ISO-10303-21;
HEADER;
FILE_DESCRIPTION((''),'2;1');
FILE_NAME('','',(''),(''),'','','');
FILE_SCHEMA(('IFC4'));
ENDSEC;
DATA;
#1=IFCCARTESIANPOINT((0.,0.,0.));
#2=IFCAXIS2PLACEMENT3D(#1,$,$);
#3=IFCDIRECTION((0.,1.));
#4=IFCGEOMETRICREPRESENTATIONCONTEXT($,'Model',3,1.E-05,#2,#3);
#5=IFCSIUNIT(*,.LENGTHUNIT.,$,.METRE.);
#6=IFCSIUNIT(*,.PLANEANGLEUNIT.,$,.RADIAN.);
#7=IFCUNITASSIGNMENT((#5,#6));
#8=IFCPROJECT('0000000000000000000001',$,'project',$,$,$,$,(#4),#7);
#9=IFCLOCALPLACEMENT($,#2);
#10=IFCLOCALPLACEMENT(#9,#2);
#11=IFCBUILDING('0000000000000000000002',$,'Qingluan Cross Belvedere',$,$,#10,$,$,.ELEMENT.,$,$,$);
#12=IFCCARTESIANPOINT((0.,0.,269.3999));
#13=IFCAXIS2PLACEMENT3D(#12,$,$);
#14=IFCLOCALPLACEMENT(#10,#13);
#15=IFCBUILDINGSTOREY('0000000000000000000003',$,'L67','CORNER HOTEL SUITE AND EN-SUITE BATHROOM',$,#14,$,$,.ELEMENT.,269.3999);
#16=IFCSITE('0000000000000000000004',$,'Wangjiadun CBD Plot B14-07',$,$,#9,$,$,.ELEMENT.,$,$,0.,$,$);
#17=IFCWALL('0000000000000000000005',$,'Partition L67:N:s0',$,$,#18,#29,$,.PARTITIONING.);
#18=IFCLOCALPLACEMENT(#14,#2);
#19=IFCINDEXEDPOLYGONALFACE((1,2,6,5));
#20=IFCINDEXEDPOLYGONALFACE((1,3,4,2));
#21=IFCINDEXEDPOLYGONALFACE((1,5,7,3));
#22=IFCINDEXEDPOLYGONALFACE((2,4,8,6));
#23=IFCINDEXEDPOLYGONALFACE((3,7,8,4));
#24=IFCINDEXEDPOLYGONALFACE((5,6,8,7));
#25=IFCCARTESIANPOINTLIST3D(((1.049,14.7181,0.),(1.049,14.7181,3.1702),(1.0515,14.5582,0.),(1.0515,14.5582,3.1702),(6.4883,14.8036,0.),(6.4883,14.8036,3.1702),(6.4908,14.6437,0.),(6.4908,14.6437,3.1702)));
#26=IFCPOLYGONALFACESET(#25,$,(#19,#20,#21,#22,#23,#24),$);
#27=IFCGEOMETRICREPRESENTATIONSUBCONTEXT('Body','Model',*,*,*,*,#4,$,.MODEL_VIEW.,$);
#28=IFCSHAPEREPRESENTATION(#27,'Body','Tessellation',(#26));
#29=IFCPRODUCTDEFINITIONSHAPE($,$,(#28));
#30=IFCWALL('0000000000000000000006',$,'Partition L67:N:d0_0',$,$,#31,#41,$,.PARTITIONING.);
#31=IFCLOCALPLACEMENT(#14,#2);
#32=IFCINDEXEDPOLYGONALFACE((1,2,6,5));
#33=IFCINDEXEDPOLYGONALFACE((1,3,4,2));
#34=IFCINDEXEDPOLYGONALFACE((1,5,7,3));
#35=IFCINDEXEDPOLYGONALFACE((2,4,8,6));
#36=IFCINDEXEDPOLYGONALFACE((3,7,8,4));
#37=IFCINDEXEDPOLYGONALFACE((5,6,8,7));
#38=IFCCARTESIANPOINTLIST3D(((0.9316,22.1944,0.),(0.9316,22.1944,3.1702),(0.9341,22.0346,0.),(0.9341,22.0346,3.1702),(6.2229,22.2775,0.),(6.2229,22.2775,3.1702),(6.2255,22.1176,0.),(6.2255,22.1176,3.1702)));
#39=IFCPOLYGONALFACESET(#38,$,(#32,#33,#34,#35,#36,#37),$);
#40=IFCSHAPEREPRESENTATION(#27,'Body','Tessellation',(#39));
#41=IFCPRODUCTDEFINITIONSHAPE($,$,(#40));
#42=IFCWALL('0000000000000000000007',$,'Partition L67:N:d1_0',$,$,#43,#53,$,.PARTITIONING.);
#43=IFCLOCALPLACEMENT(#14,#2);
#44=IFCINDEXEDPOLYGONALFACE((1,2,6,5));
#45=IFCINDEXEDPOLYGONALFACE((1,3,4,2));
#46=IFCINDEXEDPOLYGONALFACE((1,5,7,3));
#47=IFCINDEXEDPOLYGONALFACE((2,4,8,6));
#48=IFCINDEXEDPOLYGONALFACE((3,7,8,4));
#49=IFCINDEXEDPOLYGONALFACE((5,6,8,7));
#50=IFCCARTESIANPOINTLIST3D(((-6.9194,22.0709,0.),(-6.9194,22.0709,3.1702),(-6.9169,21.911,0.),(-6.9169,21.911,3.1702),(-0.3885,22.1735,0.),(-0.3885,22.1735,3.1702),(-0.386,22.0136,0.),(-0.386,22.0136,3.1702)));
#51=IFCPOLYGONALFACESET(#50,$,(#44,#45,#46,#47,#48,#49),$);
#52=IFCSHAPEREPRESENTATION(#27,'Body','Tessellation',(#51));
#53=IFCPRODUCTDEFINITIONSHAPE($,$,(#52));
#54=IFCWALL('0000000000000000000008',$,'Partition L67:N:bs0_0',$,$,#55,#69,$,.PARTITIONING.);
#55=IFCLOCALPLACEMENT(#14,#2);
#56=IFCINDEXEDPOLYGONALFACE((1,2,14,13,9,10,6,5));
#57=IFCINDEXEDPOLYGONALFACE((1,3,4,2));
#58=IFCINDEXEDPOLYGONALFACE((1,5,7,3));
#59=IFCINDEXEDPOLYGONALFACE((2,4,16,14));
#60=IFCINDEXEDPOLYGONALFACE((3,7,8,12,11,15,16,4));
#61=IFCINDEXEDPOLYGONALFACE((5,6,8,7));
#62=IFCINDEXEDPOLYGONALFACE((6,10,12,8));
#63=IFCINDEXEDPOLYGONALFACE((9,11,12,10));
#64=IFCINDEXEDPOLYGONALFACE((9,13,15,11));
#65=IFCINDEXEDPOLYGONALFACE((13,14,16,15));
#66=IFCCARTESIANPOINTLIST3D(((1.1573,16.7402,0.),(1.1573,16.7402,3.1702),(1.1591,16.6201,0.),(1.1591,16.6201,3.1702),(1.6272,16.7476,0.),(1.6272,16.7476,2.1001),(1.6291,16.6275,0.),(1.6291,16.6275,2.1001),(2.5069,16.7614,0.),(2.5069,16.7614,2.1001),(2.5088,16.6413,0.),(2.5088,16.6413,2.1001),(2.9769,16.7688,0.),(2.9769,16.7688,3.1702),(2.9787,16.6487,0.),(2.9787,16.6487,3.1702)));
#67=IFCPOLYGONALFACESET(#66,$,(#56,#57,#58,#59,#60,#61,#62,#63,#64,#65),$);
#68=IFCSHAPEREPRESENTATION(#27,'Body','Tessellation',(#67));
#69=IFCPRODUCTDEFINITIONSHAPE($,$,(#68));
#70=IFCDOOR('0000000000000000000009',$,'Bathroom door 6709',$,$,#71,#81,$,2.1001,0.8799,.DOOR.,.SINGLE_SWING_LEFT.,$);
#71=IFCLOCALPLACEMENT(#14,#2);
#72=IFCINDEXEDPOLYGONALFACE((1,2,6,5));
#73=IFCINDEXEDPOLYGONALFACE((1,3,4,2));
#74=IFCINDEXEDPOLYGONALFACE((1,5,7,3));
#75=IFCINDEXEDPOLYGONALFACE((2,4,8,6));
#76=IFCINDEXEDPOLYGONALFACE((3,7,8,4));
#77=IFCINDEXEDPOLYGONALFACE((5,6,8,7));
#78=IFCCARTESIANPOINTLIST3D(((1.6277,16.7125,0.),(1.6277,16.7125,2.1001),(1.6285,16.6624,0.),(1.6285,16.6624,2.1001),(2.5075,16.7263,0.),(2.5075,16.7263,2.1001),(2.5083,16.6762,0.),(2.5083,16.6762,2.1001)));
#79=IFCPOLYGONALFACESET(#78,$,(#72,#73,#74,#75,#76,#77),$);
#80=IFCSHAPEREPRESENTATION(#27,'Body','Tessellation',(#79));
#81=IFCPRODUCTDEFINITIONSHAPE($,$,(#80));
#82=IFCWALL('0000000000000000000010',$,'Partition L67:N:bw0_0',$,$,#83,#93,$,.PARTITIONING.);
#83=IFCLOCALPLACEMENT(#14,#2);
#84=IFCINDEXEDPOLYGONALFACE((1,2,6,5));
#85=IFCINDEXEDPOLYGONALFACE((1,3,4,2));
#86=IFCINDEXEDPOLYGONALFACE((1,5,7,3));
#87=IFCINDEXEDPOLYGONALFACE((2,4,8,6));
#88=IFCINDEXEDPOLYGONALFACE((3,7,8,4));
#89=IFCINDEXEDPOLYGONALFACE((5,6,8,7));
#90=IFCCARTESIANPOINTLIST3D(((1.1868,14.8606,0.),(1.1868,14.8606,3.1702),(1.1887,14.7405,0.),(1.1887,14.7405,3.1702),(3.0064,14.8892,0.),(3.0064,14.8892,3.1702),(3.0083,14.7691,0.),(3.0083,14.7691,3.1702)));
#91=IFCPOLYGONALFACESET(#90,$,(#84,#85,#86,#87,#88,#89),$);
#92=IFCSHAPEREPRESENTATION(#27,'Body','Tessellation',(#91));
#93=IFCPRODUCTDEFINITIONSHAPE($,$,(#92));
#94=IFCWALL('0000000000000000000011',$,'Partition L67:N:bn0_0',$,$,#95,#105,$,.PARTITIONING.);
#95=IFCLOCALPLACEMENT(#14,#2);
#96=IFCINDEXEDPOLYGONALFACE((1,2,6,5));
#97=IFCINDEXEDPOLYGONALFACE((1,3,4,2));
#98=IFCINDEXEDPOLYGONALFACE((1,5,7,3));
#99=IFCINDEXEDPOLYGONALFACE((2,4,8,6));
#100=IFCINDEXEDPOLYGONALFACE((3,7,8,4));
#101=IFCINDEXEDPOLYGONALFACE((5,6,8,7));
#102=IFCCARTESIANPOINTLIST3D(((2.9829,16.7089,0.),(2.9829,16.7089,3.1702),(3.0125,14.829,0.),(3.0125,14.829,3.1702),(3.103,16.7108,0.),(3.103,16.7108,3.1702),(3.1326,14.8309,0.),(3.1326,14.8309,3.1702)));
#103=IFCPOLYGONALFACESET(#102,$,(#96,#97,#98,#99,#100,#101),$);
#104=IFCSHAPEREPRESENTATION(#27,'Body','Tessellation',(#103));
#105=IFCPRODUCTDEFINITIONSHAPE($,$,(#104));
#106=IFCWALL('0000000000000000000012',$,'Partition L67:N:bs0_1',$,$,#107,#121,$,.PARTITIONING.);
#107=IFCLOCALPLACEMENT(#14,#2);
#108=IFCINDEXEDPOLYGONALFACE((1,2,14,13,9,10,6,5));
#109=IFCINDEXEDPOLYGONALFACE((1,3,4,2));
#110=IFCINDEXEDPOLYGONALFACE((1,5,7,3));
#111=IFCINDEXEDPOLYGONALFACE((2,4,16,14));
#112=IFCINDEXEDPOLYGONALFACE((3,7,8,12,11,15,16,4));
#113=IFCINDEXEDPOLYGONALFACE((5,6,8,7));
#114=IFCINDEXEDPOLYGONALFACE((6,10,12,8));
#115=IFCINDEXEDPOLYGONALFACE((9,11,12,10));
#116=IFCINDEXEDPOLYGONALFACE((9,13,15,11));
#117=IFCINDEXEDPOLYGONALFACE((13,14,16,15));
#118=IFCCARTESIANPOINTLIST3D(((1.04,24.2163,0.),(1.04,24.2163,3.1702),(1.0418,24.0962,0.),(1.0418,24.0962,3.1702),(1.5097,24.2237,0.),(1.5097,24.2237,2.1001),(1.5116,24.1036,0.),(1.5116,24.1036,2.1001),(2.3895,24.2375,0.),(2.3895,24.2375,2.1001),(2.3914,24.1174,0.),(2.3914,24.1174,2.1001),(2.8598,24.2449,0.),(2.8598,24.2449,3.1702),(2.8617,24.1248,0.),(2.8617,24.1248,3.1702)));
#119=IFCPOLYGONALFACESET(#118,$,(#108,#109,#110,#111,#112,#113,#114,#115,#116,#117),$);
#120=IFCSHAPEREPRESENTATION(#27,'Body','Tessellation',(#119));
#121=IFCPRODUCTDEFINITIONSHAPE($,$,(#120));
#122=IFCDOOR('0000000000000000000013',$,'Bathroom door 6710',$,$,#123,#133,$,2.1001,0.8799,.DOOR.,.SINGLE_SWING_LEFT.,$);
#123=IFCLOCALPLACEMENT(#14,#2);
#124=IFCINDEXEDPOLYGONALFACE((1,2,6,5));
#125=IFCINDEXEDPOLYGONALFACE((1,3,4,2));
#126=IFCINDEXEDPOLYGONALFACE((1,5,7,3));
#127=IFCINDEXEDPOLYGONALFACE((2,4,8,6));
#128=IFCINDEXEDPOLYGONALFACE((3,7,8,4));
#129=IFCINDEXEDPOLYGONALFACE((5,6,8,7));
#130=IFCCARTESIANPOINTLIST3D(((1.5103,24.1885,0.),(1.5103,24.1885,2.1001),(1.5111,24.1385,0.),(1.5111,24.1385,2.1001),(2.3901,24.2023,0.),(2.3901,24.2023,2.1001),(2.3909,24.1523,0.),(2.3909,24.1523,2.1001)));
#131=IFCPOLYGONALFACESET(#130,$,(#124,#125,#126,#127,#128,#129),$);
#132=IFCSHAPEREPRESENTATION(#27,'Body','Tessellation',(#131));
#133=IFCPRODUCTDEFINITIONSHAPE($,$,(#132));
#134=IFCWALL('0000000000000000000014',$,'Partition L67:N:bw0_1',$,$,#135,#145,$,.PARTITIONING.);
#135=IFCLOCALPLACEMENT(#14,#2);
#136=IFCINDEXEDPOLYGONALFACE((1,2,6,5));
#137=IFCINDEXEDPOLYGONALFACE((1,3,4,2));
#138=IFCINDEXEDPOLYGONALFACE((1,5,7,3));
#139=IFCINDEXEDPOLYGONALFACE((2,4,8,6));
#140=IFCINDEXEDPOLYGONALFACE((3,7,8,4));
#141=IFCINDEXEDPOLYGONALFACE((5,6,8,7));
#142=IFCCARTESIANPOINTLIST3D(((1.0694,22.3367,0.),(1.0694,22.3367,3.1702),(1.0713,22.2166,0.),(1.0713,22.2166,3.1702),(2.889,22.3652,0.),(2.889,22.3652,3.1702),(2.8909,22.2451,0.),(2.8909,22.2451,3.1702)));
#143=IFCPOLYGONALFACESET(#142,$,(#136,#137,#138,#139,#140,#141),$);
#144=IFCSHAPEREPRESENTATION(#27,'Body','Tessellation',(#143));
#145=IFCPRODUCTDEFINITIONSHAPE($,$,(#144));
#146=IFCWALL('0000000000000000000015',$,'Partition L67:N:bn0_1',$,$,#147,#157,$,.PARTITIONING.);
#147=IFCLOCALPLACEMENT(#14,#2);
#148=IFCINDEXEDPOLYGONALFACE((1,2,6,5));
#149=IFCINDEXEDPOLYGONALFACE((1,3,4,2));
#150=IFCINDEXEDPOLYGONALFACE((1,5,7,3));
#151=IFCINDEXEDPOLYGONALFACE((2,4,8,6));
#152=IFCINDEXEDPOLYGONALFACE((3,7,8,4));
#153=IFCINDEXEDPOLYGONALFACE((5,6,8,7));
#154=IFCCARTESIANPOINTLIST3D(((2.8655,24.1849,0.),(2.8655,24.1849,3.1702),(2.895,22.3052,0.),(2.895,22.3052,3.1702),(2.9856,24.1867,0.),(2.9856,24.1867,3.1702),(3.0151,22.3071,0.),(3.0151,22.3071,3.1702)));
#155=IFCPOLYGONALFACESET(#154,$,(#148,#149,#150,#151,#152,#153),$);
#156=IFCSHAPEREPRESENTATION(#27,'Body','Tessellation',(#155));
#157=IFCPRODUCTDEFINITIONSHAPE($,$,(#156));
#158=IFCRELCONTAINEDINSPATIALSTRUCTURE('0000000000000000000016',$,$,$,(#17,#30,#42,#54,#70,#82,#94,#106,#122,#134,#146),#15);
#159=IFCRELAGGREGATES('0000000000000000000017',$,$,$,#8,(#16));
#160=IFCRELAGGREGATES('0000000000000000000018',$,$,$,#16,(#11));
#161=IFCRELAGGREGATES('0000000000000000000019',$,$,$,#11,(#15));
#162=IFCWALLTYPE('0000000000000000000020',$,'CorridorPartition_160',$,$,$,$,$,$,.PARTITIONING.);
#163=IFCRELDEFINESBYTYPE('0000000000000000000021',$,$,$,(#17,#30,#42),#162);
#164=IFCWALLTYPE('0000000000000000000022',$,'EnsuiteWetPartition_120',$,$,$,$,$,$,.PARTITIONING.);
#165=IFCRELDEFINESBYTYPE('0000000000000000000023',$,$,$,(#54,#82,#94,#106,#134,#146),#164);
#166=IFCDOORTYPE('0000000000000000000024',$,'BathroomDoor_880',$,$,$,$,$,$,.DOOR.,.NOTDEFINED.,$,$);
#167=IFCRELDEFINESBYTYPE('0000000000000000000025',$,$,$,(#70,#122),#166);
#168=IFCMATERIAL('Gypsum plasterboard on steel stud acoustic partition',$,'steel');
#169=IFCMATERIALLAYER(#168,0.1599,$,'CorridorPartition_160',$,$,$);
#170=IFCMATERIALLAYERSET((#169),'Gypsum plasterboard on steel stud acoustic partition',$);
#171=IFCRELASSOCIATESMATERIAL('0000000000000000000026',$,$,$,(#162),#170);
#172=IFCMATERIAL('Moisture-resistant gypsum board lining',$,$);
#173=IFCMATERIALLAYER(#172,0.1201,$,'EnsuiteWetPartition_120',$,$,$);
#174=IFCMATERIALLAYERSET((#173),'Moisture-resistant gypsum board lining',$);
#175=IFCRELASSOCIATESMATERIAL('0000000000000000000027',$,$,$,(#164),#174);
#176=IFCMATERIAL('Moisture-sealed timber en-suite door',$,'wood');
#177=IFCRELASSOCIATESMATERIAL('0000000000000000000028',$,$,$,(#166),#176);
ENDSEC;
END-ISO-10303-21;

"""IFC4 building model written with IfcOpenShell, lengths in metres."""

from ifc_helpers import new_model, si_unit, direction, frame, frame_2d, origin, place, context, subcontext, project, spatial, rectangle, extrude, material, layer, layer_set, type_object, element, fill, save


model = new_model("IFC4")

# Units and contexts
model_context = context("Model", 3, precision=1e-05, world=origin(), true_north=direction((0.0, 1.0)))
body_context = subcontext(model_context, "Body", "Model", "MODEL_VIEW")
ifc_project = project(units=[si_unit("LENGTHUNIT", "METRE"), si_unit("PLANEANGLEUNIT", "RADIAN")], contexts=[model_context])

# Site, building, storey
site_placement = place(None, origin())
site = spatial("IfcSite", under=ifc_project, at=site_placement, Name="Wangjiadun CBD Plot B14-07", CompositionType="ELEMENT", RefElevation=0.0)
building_placement = place(site_placement, origin())
building = spatial("IfcBuilding", under=site, at=building_placement, Name="Qingluan Cross Belvedere", CompositionType="ELEMENT")
storey_placement = place(building_placement, frame((0.0, 0.0, 269.3999)))
storey = spatial("IfcBuildingStorey", under=building, at=storey_placement, Name="L67", Description="CORNER HOTEL SUITE AND EN-SUITE BATHROOM", CompositionType="ELEMENT", Elevation=269.3999)

# Shared definitions
ifc_material_1 = material(Name="Gypsum plasterboard on steel stud acoustic partition", Category="steel")
ifc_layer_1 = layer(ifc_material_1, 0.1599, Name="CorridorPartition_160")
ifc_layer_set_1 = layer_set([ifc_layer_1], Name="Gypsum plasterboard on steel stud acoustic partition")
wall_type_1 = type_object("IfcWallType", Name="CorridorPartition_160", PredefinedType="PARTITIONING", material=ifc_layer_set_1)

# Walls
wall_1_placement = place(storey_placement, frame((1.0503, 14.6382, 0.0), z_axis=(0.0, 0.0, 1.0), x_axis=(0.999877, 0.015708, 0.0)))
element("IfcWall", 1, at=wall_1_placement, inside=storey, type_object=wall_type_1, Name="Partition L67:N:s0", PredefinedType="PARTITIONING", context=body_context, shape_type="SweptSolid", body=[
    extrude(rectangle(XDim=5.4399, YDim=0.1599, at=frame_2d((2.72, 0.0))), origin(), (0.0, 0.0, 1.0), 3.1702),
])
wall_2_placement = place(storey_placement, frame((0.9329, 22.1145, 0.0), z_axis=(0.0, 0.0, 1.0), x_axis=(0.999877, 0.015686, 0.0)))
element("IfcWall", 2, at=wall_2_placement, inside=storey, type_object=wall_type_1, Name="Partition L67:N:d0_0", PredefinedType="PARTITIONING", context=body_context, shape_type="SweptSolid", body=[
    extrude(rectangle(XDim=5.292, YDim=0.1599, at=frame_2d((2.646, 0.0))), origin(), (0.0, 0.0, 1.0), 3.1702),
])
wall_3_placement = place(storey_placement, frame((-0.3872, 22.0935, 0.0), z_axis=(0.0, 0.0, 1.0), x_axis=(-0.999877, -0.015698, 0.0)))
element("IfcWall", 3, at=wall_3_placement, inside=storey, type_object=wall_type_1, Name="Partition L67:N:d1_0", PredefinedType="PARTITIONING", context=body_context, shape_type="SweptSolid", body=[
    extrude(rectangle(XDim=6.5317, YDim=0.1599, at=frame_2d((3.2659, 0.0))), origin(), (0.0, 0.0, 1.0), 3.1702),
])

# Wall, opening, door
ifc_material_2 = material(Name="Moisture-resistant gypsum board lining")
ifc_layer_2 = layer(ifc_material_2, 0.1201, Name="EnsuiteWetPartition_120")
ifc_layer_set_2 = layer_set([ifc_layer_2], Name="Moisture-resistant gypsum board lining")
wall_type_2 = type_object("IfcWallType", Name="EnsuiteWetPartition_120", PredefinedType="PARTITIONING", material=ifc_layer_set_2)
wall_4_placement = place(storey_placement, frame((1.1582, 16.6802, 0.0), z_axis=(0.0, 0.0, 1.0), x_axis=(0.999877, 0.015696, 0.0)))
wall_4 = element("IfcWall", 4, at=wall_4_placement, inside=storey, type_object=wall_type_2, Name="Partition L67:N:bs0_0", PredefinedType="PARTITIONING", context=body_context, shape_type="SweptSolid", body=[
    extrude(rectangle(XDim=1.8198, YDim=0.1201, at=frame_2d((0.9099, 0.0))), origin(), (0.0, 0.0, 1.0), 3.1702),
])
opening_1_placement = place(wall_4_placement, frame((0.47, 0.0, 0.0)))
opening_1 = element("IfcOpeningElement", 5, at=opening_1_placement, cuts=wall_4, PredefinedType="OPENING", context=body_context, shape_type="SweptSolid", body=[
    extrude(rectangle(XDim=0.8799, YDim=2.1001, at=frame_2d((0.4399, 1.05))), frame((0.0, 0.0701, 0.0), z_axis=(0.0, -1.0, 0.0), x_axis=(1.0, 0.0, 0.0)), (0.0, 0.0, 1.0), 0.1401),
])
ifc_material_3 = material(Name="Moisture-sealed timber en-suite door", Category="wood")
door_type_1 = type_object("IfcDoorType", Name="BathroomDoor_880", OperationType="NOTDEFINED", PredefinedType="DOOR", material=ifc_material_3)
door_1_placement = place(opening_1_placement, origin())
door_1 = element("IfcDoor", 6, at=door_1_placement, inside=storey, type_object=door_type_1, Name="Bathroom door 6709", OperationType="SINGLE_SWING_LEFT", OverallHeight=2.1001, OverallWidth=0.8799, PredefinedType="DOOR", context=body_context, shape_type="SweptSolid", body=[
    extrude(rectangle(XDim=0.8799, YDim=2.1001, at=frame_2d((0.4399, 1.05))), frame((0.0, 0.0249, 0.0), z_axis=(0.0, -1.0, 0.0), x_axis=(1.0, 0.0, 0.0)), (0.0, 0.0, 1.0), 0.05),
])
fill(opening_1, door_1)

# Walls
wall_5_placement = place(storey_placement, frame((1.1877, 14.8005, 0.0), z_axis=(0.0, 0.0, 1.0), x_axis=(0.999877, 0.015696, 0.0)))
element("IfcWall", 7, at=wall_5_placement, inside=storey, type_object=wall_type_2, Name="Partition L67:N:bw0_0", PredefinedType="PARTITIONING", context=body_context, shape_type="SweptSolid", body=[
    extrude(rectangle(XDim=1.8198, YDim=0.1201, at=frame_2d((0.9099, 0.0))), origin(), (0.0, 0.0, 1.0), 3.1702),
])
wall_6_placement = place(storey_placement, frame((3.0725, 14.8301, 0.0), z_axis=(0.0, 0.0, 1.0), x_axis=(-0.015712, 0.999877, 0.0)))
element("IfcWall", 8, at=wall_6_placement, inside=storey, type_object=wall_type_2, Name="Partition L67:N:bn0_0", PredefinedType="PARTITIONING", context=body_context, shape_type="SweptSolid", body=[
    extrude(rectangle(XDim=1.8801, YDim=0.1201, at=frame_2d((0.9399, 0.0))), origin(), (0.0, 0.0, 1.0), 3.1702),
])

# Wall, opening, door
wall_7_placement = place(storey_placement, frame((1.0408, 24.1562, 0.0), z_axis=(0.0, 0.0, 1.0), x_axis=(0.999877, 0.015694, 0.0)))
wall_7 = element("IfcWall", 9, at=wall_7_placement, inside=storey, type_object=wall_type_2, Name="Partition L67:N:bs0_1", PredefinedType="PARTITIONING", context=body_context, shape_type="SweptSolid", body=[
    extrude(rectangle(XDim=1.8201, YDim=0.1201, at=frame_2d((0.9102, 0.0))), origin(), (0.0, 0.0, 1.0), 3.1702),
])
opening_2_placement = place(wall_7_placement, frame((0.47, 0.0, 0.0)))
opening_2 = element("IfcOpeningElement", 10, at=opening_2_placement, cuts=wall_7, PredefinedType="OPENING", context=body_context, shape_type="SweptSolid", body=[
    extrude(rectangle(XDim=0.8799, YDim=2.1001, at=frame_2d((0.4399, 1.05))), frame((0.0, 0.0701, 0.0), z_axis=(0.0, -1.0, 0.0), x_axis=(1.0, 0.0, 0.0)), (0.0, 0.0, 1.0), 0.1401),
])
door_2_placement = place(opening_2_placement, origin())
door_2 = element("IfcDoor", 11, at=door_2_placement, inside=storey, type_object=door_type_1, Name="Bathroom door 6710", OperationType="SINGLE_SWING_LEFT", OverallHeight=2.1001, OverallWidth=0.8799, PredefinedType="DOOR", context=body_context, shape_type="SweptSolid", body=[
    extrude(rectangle(XDim=0.8799, YDim=2.1001, at=frame_2d((0.4399, 1.05))), frame((0.0, 0.0249, 0.0), z_axis=(0.0, -1.0, 0.0), x_axis=(1.0, 0.0, 0.0)), (0.0, 0.0, 1.0), 0.05),
])
fill(opening_2, door_2)

# Walls
wall_8_placement = place(storey_placement, frame((1.0703, 22.2766, 0.0), z_axis=(0.0, 0.0, 1.0), x_axis=(0.999877, 0.015696, 0.0)))
element("IfcWall", 12, at=wall_8_placement, inside=storey, type_object=wall_type_2, Name="Partition L67:N:bw0_1", PredefinedType="PARTITIONING", context=body_context, shape_type="SweptSolid", body=[
    extrude(rectangle(XDim=1.8198, YDim=0.1201, at=frame_2d((0.9099, 0.0))), origin(), (0.0, 0.0, 1.0), 3.1702),
])
wall_9_placement = place(storey_placement, frame((2.9551, 22.3062, 0.0), z_axis=(0.0, 0.0, 1.0), x_axis=(-0.015714, 0.999877, 0.0)))
element("IfcWall", 13, at=wall_9_placement, inside=storey, type_object=wall_type_2, Name="Partition L67:N:bn0_1", PredefinedType="PARTITIONING", context=body_context, shape_type="SweptSolid", body=[
    extrude(rectangle(XDim=1.8799, YDim=0.1201, at=frame_2d((0.9399, 0.0))), origin(), (0.0, 0.0, 1.0), 3.1702),
])

save(model, "model.ifc")
